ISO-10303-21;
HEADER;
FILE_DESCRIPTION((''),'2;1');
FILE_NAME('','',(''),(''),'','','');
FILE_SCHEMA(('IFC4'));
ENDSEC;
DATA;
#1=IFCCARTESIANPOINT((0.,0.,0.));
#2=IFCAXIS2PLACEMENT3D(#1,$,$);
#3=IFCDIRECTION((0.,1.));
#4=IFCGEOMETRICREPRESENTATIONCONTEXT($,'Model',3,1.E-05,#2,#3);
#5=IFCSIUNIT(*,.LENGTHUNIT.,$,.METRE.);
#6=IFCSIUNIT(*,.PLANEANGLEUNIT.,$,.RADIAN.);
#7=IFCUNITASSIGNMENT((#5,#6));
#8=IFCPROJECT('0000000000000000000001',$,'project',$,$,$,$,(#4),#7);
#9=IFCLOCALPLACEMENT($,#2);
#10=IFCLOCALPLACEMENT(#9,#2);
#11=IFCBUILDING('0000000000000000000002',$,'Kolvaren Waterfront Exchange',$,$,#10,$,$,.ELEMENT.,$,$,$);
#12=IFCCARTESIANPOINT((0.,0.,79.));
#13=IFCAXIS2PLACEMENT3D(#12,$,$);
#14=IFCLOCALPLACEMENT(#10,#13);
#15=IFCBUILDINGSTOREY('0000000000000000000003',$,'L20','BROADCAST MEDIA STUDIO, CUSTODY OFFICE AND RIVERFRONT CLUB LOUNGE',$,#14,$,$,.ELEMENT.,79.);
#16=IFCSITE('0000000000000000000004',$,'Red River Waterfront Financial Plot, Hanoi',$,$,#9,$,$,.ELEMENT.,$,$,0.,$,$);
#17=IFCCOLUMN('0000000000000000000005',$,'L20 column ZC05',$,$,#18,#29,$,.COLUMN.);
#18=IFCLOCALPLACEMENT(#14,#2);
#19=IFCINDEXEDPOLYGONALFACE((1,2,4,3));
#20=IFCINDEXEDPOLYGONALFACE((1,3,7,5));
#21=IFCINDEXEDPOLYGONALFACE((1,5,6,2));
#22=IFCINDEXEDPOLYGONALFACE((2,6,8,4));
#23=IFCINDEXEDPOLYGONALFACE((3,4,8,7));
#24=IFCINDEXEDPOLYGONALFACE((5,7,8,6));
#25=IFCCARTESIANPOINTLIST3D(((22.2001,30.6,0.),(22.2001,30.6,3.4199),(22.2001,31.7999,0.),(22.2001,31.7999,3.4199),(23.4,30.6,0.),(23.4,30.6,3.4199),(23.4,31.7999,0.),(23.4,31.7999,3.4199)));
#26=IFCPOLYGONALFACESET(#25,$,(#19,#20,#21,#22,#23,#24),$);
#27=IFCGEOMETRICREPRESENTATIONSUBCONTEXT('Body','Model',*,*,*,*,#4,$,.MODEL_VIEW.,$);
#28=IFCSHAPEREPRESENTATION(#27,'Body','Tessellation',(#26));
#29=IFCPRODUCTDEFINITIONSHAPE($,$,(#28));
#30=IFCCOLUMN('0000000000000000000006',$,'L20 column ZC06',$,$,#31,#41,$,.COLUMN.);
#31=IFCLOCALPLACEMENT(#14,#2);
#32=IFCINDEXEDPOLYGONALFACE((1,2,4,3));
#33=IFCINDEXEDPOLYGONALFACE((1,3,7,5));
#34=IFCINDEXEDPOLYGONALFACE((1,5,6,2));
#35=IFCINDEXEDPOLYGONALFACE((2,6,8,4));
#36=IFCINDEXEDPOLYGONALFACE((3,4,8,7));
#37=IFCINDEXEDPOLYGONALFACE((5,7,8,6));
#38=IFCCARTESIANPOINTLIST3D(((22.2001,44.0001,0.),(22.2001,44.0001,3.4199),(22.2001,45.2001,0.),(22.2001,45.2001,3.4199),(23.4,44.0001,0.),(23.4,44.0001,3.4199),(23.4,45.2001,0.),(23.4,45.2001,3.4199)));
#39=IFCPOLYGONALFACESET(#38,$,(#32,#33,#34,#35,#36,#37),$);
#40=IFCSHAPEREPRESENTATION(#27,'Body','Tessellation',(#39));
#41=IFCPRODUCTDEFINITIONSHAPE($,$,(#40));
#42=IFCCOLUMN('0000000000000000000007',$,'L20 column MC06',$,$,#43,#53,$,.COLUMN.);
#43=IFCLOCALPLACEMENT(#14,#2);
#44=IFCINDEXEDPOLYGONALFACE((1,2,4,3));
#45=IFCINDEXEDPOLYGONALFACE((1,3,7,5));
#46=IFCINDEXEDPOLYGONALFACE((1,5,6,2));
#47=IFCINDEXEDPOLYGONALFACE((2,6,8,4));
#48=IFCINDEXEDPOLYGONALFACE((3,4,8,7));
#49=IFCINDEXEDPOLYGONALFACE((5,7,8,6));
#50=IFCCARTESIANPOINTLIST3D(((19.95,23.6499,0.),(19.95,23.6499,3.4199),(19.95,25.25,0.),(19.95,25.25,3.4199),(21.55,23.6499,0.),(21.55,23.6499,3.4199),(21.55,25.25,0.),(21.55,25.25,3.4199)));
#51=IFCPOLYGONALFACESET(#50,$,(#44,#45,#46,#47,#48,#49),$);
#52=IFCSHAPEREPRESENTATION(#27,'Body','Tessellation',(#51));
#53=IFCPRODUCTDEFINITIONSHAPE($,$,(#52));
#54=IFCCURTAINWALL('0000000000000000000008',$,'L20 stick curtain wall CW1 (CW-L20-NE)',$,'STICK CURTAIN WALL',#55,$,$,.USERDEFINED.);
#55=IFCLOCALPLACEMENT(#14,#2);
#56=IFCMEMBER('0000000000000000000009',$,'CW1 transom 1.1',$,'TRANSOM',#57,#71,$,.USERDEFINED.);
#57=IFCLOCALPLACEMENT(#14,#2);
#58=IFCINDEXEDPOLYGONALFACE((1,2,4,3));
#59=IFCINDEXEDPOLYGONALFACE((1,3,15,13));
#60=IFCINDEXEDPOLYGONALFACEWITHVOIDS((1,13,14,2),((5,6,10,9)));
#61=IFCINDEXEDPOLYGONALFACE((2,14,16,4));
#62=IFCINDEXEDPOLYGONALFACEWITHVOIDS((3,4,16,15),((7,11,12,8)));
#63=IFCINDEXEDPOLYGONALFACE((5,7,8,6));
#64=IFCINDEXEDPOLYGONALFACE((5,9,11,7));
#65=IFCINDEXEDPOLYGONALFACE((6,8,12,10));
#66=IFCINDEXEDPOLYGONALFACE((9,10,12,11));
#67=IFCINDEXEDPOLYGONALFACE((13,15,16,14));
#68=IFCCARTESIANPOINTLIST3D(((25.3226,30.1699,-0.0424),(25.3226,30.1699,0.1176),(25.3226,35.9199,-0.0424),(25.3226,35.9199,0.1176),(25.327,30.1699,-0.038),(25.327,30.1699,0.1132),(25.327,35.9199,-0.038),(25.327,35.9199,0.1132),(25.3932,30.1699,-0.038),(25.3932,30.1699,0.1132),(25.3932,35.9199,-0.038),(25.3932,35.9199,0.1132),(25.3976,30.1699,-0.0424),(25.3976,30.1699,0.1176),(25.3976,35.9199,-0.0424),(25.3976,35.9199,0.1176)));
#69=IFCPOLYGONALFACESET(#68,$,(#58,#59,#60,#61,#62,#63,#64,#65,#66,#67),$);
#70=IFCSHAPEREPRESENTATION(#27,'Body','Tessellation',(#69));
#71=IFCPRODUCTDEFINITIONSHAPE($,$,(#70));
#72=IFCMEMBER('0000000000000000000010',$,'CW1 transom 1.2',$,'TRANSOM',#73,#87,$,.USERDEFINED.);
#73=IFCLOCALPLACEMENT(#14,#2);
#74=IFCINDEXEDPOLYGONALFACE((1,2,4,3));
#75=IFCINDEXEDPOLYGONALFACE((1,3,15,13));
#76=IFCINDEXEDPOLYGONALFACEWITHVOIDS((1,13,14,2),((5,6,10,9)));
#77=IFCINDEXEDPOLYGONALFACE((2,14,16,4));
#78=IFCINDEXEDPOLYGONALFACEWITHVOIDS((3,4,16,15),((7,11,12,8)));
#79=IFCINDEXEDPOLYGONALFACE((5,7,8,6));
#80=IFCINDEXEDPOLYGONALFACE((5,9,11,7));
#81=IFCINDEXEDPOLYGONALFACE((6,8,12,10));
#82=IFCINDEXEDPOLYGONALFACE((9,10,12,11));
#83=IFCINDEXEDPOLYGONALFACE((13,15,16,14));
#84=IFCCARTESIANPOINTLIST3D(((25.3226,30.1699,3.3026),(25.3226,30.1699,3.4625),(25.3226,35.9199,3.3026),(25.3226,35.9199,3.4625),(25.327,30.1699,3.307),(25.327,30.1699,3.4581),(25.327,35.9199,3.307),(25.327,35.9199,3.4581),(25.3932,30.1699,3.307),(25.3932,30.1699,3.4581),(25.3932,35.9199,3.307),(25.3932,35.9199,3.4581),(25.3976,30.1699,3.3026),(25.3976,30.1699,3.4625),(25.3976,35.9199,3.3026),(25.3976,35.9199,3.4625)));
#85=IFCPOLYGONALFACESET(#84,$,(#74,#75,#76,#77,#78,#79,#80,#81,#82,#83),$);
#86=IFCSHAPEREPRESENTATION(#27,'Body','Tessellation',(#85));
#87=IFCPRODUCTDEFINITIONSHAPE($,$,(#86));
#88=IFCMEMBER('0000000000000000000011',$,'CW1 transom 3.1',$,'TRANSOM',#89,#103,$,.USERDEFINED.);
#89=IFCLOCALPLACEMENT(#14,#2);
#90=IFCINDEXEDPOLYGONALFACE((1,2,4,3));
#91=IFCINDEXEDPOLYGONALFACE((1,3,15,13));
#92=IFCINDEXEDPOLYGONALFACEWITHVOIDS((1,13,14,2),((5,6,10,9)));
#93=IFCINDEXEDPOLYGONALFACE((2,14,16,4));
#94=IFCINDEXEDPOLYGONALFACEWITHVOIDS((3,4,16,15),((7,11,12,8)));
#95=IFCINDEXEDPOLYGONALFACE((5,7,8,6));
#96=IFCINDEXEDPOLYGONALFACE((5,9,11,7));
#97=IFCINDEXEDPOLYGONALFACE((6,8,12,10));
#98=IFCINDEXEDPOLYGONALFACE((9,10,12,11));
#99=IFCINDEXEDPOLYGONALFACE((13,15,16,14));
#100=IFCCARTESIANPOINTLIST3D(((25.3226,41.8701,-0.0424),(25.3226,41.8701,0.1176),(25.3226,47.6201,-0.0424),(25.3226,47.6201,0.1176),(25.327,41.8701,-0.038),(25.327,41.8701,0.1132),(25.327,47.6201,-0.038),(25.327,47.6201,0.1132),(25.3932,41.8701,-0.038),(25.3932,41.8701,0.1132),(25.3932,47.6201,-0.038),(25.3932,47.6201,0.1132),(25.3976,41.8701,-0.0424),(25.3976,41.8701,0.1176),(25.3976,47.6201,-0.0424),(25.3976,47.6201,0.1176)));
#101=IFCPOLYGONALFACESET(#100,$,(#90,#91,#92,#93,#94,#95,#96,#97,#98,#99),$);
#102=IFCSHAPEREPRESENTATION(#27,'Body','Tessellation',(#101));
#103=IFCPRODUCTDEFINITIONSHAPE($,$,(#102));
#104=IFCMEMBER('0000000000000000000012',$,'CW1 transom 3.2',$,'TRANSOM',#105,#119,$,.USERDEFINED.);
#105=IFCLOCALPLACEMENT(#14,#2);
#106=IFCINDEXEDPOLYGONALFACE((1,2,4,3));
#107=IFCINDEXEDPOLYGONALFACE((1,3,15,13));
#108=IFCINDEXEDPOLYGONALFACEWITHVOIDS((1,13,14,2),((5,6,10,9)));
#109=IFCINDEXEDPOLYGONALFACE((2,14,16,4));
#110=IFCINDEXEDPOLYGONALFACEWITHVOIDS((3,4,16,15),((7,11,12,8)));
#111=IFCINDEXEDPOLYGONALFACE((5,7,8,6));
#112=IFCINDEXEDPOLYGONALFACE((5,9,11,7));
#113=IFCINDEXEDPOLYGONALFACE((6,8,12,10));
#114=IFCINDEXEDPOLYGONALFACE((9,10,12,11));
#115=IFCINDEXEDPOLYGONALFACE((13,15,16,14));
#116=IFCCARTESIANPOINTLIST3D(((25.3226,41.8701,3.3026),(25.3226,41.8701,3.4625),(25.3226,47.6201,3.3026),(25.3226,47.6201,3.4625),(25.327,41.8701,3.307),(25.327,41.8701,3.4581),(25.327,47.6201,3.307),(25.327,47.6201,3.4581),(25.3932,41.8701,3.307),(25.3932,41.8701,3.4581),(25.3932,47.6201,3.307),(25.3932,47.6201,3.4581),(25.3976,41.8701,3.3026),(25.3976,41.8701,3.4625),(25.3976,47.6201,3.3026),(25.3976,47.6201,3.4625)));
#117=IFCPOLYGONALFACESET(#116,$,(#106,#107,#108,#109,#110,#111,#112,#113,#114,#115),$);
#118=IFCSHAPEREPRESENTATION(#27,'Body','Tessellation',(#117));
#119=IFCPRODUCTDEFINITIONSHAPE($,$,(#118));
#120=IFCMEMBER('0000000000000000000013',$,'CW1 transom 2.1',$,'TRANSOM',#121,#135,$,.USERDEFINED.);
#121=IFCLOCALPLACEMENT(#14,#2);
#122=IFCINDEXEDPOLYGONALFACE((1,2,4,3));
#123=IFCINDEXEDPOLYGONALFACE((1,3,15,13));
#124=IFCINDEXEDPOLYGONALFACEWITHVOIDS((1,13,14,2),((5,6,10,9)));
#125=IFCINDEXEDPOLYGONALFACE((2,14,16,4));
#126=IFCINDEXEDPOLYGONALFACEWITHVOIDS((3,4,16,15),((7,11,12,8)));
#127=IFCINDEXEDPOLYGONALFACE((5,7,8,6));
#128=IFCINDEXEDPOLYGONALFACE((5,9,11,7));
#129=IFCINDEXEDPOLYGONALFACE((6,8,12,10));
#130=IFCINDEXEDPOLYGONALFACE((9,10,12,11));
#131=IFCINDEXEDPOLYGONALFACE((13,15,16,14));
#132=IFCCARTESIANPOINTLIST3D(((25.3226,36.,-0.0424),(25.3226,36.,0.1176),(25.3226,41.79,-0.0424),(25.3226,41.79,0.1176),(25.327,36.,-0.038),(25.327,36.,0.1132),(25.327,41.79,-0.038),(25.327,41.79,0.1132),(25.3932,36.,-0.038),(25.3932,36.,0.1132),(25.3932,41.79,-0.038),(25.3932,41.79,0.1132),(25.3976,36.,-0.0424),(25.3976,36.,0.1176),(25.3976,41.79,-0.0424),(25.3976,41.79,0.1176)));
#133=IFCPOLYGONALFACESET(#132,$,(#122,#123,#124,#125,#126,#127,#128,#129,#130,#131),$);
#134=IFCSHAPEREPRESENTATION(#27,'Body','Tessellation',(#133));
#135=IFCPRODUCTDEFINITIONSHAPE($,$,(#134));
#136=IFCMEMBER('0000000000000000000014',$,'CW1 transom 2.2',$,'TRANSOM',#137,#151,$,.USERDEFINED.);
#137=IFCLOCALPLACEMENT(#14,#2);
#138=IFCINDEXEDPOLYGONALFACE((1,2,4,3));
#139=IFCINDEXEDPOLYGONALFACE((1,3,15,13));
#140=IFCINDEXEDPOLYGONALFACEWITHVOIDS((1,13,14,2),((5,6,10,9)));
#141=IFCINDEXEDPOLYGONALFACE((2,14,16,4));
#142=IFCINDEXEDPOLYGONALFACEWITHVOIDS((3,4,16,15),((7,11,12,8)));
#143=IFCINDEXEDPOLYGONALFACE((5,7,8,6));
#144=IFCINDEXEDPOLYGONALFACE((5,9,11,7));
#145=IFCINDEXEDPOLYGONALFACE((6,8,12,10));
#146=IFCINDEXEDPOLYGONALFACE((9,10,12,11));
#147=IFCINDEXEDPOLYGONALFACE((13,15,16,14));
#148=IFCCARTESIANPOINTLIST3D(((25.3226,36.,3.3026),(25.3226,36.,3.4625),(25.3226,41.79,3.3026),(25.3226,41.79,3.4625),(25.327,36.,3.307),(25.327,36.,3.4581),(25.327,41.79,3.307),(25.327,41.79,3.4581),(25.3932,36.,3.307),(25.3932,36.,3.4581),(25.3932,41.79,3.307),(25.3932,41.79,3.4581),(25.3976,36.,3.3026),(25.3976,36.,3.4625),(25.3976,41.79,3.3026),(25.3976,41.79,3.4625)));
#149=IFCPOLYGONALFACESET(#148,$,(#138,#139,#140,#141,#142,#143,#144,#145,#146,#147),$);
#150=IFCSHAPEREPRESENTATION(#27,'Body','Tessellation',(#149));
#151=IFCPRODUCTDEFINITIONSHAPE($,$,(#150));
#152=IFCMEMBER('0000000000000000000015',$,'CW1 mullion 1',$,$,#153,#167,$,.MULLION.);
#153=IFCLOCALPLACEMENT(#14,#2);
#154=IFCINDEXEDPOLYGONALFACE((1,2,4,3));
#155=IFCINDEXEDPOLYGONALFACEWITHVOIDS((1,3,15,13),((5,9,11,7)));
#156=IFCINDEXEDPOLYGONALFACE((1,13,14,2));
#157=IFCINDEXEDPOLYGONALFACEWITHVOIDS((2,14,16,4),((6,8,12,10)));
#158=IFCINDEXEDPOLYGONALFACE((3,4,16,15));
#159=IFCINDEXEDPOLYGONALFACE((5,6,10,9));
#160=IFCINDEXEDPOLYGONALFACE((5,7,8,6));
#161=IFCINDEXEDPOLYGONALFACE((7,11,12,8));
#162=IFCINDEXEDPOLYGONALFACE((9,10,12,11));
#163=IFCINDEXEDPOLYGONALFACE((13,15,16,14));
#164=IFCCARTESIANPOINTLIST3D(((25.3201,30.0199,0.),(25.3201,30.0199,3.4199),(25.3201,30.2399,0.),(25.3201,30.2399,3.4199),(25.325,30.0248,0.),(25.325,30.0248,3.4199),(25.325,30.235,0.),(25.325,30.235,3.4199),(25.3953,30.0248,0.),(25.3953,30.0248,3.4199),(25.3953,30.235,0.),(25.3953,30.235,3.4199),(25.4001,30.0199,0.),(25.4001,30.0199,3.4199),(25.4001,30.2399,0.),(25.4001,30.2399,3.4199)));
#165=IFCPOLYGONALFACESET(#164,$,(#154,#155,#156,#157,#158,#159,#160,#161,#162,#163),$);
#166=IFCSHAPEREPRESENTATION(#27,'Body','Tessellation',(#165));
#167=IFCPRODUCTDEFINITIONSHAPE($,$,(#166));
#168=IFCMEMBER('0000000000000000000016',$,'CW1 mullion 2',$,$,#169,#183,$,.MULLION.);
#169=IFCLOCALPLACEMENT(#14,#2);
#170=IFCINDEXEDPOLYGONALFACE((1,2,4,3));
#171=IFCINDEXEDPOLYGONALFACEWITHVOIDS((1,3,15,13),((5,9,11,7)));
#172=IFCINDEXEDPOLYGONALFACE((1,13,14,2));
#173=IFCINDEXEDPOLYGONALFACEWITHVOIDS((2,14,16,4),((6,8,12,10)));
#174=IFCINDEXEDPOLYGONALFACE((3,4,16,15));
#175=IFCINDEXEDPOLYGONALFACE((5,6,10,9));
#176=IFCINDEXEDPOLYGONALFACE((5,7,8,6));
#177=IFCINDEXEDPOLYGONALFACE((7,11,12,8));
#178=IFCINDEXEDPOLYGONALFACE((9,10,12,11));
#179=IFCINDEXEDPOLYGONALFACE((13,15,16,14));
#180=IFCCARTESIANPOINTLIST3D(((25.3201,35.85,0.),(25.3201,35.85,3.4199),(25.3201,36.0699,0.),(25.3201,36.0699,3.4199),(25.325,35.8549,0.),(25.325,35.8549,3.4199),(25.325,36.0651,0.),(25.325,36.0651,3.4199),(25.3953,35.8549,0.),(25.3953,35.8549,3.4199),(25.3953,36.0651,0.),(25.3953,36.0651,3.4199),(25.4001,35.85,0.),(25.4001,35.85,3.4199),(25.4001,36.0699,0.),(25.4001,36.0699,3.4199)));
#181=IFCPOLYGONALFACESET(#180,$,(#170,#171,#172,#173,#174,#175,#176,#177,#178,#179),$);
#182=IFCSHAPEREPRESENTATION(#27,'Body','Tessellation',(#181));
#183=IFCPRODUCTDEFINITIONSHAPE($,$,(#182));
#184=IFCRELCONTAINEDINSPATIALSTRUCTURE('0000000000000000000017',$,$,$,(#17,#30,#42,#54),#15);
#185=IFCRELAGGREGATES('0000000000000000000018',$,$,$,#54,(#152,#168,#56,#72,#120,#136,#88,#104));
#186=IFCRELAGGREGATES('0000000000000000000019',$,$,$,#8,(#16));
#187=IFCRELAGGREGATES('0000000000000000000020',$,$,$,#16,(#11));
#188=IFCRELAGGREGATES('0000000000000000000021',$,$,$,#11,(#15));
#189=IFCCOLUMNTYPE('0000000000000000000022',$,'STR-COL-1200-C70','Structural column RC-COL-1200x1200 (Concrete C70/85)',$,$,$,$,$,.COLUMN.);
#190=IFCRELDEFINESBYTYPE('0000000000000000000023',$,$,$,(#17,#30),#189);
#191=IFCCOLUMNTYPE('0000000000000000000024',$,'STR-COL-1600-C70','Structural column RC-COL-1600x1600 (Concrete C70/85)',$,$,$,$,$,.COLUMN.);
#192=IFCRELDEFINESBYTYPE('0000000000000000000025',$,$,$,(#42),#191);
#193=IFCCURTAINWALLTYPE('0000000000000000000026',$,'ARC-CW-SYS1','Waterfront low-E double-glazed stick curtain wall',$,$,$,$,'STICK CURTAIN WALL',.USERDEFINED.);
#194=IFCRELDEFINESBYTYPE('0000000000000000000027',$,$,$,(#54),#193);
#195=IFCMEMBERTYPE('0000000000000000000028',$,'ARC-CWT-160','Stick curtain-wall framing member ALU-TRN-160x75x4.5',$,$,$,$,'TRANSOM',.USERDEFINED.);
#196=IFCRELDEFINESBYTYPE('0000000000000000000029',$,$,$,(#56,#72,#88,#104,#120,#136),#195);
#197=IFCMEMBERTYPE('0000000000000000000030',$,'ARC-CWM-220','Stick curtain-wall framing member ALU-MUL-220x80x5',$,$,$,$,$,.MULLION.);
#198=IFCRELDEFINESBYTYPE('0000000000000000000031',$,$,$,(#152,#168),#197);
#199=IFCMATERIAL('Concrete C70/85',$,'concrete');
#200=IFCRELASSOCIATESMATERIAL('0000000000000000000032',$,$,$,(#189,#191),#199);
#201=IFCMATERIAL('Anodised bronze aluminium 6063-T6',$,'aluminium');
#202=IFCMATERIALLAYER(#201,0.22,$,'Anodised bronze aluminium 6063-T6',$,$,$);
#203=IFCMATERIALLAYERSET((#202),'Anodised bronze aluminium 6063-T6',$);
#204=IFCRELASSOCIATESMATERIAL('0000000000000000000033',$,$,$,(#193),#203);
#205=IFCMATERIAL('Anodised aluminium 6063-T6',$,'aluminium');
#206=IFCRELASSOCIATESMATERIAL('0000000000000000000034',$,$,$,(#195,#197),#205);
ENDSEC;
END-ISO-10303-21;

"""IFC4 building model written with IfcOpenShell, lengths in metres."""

from ifc_helpers import new_model, si_unit, direction, frame, origin, origin_with_axes, origin_2d, place, context, subcontext, project, spatial, rectangle, hollow_rectangle, extrude, source, transform, mapped, material, layer, layer_set, material_profile, profile_set, type_object, element, aggregate, save


model = new_model("IFC4")

# Units and contexts
model_context = context("Model", 3, precision=1e-05, world=origin(), true_north=direction((0.0, 1.0)))
body_context = subcontext(model_context, "Body", "Model", "MODEL_VIEW")
ifc_project = project(units=[si_unit("LENGTHUNIT", "METRE"), si_unit("PLANEANGLEUNIT", "RADIAN")], contexts=[model_context])

# Site, building, storey
site_placement = place(None, origin())
site = spatial("IfcSite", under=ifc_project, at=site_placement, Name="Red River Waterfront Financial Plot, Hanoi", CompositionType="ELEMENT", RefElevation=0.0)
building_placement = place(site_placement, origin())
building = spatial("IfcBuilding", under=site, at=building_placement, Name="Kolvaren Waterfront Exchange", CompositionType="ELEMENT")
storey_placement = place(building_placement, frame((0.0, 0.0, 79.0)))
storey = spatial("IfcBuildingStorey", under=building, at=storey_placement, Name="L20", Description="BROADCAST MEDIA STUDIO, CUSTODY OFFICE AND RIVERFRONT CLUB LOUNGE", CompositionType="ELEMENT", Elevation=79.0)

# Columns
ifc_material_1 = material(Name="Concrete C70/85", Category="concrete")
ifc_material_profile_1 = material_profile(ifc_material_1, rectangle(XDim=1.2, YDim=1.2, at=origin_2d()), Name="RC-COL-1200x1200")
ifc_profile_set_1 = profile_set([ifc_material_profile_1], Name="Concrete C70/85")
column_type_1 = type_object("IfcColumnType", Name="STR-COL-1200-C70", Description="Structural column RC-COL-1200x1200 (Concrete C70/85)", PredefinedType="COLUMN", material=ifc_profile_set_1)
for number, where, z_axis, x_axis, name in (
    (1, (22.8, 31.2, 0.0), (0.0, 0.0, 1.0), (1.0, 0.0, 0.0), "L20 column ZC05"),
    (2, (22.8, 44.6001, 0.0), (0.0, 0.0, 1.0), (1.0, 0.0, 0.0), "L20 column ZC06"),
):
    element("IfcColumn", number, at=place(storey_placement, frame(where, z_axis=z_axis, x_axis=x_axis)), inside=storey, type_object=column_type_1, Name=name, PredefinedType="COLUMN", context=body_context, shape_type="SweptSolid", body=[
        extrude(rectangle(XDim=1.2, YDim=1.2, at=origin_2d()), origin(), (0.0, 0.0, 1.0), 3.4199),
    ])
ifc_material_profile_2 = material_profile(ifc_material_1, rectangle(XDim=1.6001, YDim=1.6001, at=origin_2d()), Name="RC-COL-1600x1600")
ifc_profile_set_2 = profile_set([ifc_material_profile_2], Name="Concrete C70/85")
column_type_2 = type_object("IfcColumnType", Name="STR-COL-1600-C70", Description="Structural column RC-COL-1600x1600 (Concrete C70/85)", PredefinedType="COLUMN", material=ifc_profile_set_2)
column_placement = place(storey_placement, frame((20.75, 24.45, 0.0), z_axis=(0.0, 0.0, 1.0), x_axis=(1.0, 0.0, 0.0)))
element("IfcColumn", 3, at=column_placement, inside=storey, type_object=column_type_2, Name="L20 column MC06", PredefinedType="COLUMN", context=body_context, shape_type="SweptSolid", body=[
    extrude(rectangle(XDim=1.6001, YDim=1.6001, at=origin_2d()), origin(), (0.0, 0.0, 1.0), 3.4199),
])

# Curtain wall, members
ifc_material_2 = material(Name="Anodised bronze aluminium 6063-T6", Category="aluminium")
ifc_layer_1 = layer(ifc_material_2, 0.22, Name="Anodised bronze aluminium 6063-T6")
ifc_layer_set_1 = layer_set([ifc_layer_1], Name="Anodised bronze aluminium 6063-T6")
curtain_wall_type = type_object("IfcCurtainWallType", Name="ARC-CW-SYS1", Description="Waterfront low-E double-glazed stick curtain wall", ElementType="STICK CURTAIN WALL", PredefinedType="USERDEFINED", material=ifc_layer_set_1)
curtain_wall_placement = place(storey_placement, origin())
curtain_wall = element("IfcCurtainWall", 4, at=curtain_wall_placement, inside=storey, type_object=curtain_wall_type, Name="L20 stick curtain wall CW1 (CW-L20-NE)", ObjectType="STICK CURTAIN WALL", PredefinedType="USERDEFINED")
ifc_material_3 = material(Name="Anodised aluminium 6063-T6", Category="aluminium")
ifc_material_profile_3 = material_profile(ifc_material_3, hollow_rectangle(XDim=0.075, YDim=0.1599, WallThickness=0.0044, at=origin_2d()), Name="ALU-TRN-160x75x4.5")
ifc_profile_set_3 = profile_set([ifc_material_profile_3], Name="Anodised aluminium 6063-T6")
member_type_1 = type_object("IfcMemberType", Name="ARC-CWT-160", Description="Stick curtain-wall framing member ALU-TRN-160x75x4.5", ElementType="TRANSOM", PredefinedType="USERDEFINED", material=ifc_profile_set_3)
shared_shape_1 = source(origin_with_axes(), body_context, "Body", "SweptSolid", [
    extrude(hollow_rectangle(XDim=0.075, YDim=0.1599, WallThickness=0.0044, at=origin_2d()), origin(), (0.0, 0.0, 1.0), 5.75),
])
member_1_placement = place(storey_placement, frame((25.3601, 30.1699, 0.0376), z_axis=(0.0, 1.0, 0.0), x_axis=(-1.0, 0.0, 0.0)))
member_1 = element("IfcMember", 5, at=member_1_placement, type_object=member_type_1, Name="CW1 transom 1.1", ObjectType="TRANSOM", PredefinedType="USERDEFINED", context=body_context, shape_type="MappedRepresentation", body=[
    mapped(shared_shape_1, transform((0.0, 0.0, 0.0), x_axis=(1.0, 0.0, 0.0), y_axis=(0.0, 1.0, 0.0), z_axis=(0.0, 0.0, 1.0), scale=1.0)),
])
member_2_placement = place(storey_placement, frame((25.3601, 30.1699, 3.3826), z_axis=(0.0, 1.0, 0.0), x_axis=(-1.0, 0.0, 0.0)))
member_2 = element("IfcMember", 6, at=member_2_placement, type_object=member_type_1, Name="CW1 transom 1.2", ObjectType="TRANSOM", PredefinedType="USERDEFINED", context=body_context, shape_type="MappedRepresentation", body=[
    mapped(shared_shape_1, transform((0.0, 0.0, 0.0), x_axis=(1.0, 0.0, 0.0), y_axis=(0.0, 1.0, 0.0), z_axis=(0.0, 0.0, 1.0), scale=1.0)),
])
member_3_placement = place(storey_placement, frame((25.3601, 41.8701, 0.0376), z_axis=(0.0, 1.0, 0.0), x_axis=(-1.0, 0.0, 0.0)))
member_3 = element("IfcMember", 7, at=member_3_placement, type_object=member_type_1, Name="CW1 transom 3.1", ObjectType="TRANSOM", PredefinedType="USERDEFINED", context=body_context, shape_type="MappedRepresentation", body=[
    mapped(shared_shape_1, transform((0.0, 0.0, 0.0), x_axis=(1.0, 0.0, 0.0), y_axis=(0.0, 1.0, 0.0), z_axis=(0.0, 0.0, 1.0), scale=1.0)),
])
member_4_placement = place(storey_placement, frame((25.3601, 41.8701, 3.3826), z_axis=(0.0, 1.0, 0.0), x_axis=(-1.0, 0.0, 0.0)))
member_4 = element("IfcMember", 8, at=member_4_placement, type_object=member_type_1, Name="CW1 transom 3.2", ObjectType="TRANSOM", PredefinedType="USERDEFINED", context=body_context, shape_type="MappedRepresentation", body=[
    mapped(shared_shape_1, transform((0.0, 0.0, 0.0), x_axis=(1.0, 0.0, 0.0), y_axis=(0.0, 1.0, 0.0), z_axis=(0.0, 0.0, 1.0), scale=1.0)),
])
shared_shape_2 = source(origin_with_axes(), body_context, "Body", "SweptSolid", [
    extrude(hollow_rectangle(XDim=0.075, YDim=0.1599, WallThickness=0.0044, at=origin_2d()), origin(), (0.0, 0.0, 1.0), 5.79),
])
member_5_placement = place(storey_placement, frame((25.3601, 36.0, 0.0376), z_axis=(0.0, 1.0, 0.0), x_axis=(-1.0, 0.0, 0.0)))
member_5 = element("IfcMember", 9, at=member_5_placement, type_object=member_type_1, Name="CW1 transom 2.1", ObjectType="TRANSOM", PredefinedType="USERDEFINED", context=body_context, shape_type="MappedRepresentation", body=[
    mapped(shared_shape_2, transform((0.0, 0.0, 0.0), x_axis=(1.0, 0.0, 0.0), y_axis=(0.0, 1.0, 0.0), z_axis=(0.0, 0.0, 1.0), scale=1.0)),
])
member_6_placement = place(storey_placement, frame((25.3601, 36.0, 3.3826), z_axis=(0.0, 1.0, 0.0), x_axis=(-1.0, 0.0, 0.0)))
member_6 = element("IfcMember", 10, at=member_6_placement, type_object=member_type_1, Name="CW1 transom 2.2", ObjectType="TRANSOM", PredefinedType="USERDEFINED", context=body_context, shape_type="MappedRepresentation", body=[
    mapped(shared_shape_2, transform((0.0, 0.0, 0.0), x_axis=(1.0, 0.0, 0.0), y_axis=(0.0, 1.0, 0.0), z_axis=(0.0, 0.0, 1.0), scale=1.0)),
])
ifc_material_profile_4 = material_profile(ifc_material_3, hollow_rectangle(XDim=0.0801, YDim=0.22, WallThickness=0.0049, at=origin_2d()), Name="ALU-MUL-220x80x5")
ifc_profile_set_4 = profile_set([ifc_material_profile_4], Name="Anodised aluminium 6063-T6")
member_type_2 = type_object("IfcMemberType", Name="ARC-CWM-220", Description="Stick curtain-wall framing member ALU-MUL-220x80x5", PredefinedType="MULLION", material=ifc_profile_set_4)
shared_shape_3 = source(origin_with_axes(), body_context, "Body", "SweptSolid", [
    extrude(hollow_rectangle(XDim=0.0801, YDim=0.22, WallThickness=0.0049, at=origin_2d()), origin(), (0.0, 0.0, 1.0), 3.4199),
])
member_7_placement = place(storey_placement, frame((25.3601, 30.1299, 0.0), z_axis=(0.0, 0.0, 1.0), x_axis=(-1.0, 0.0, 0.0)))
member_7 = element("IfcMember", 11, at=member_7_placement, type_object=member_type_2, Name="CW1 mullion 1", PredefinedType="MULLION", context=body_context, shape_type="MappedRepresentation", body=[
    mapped(shared_shape_3, transform((0.0, 0.0, 0.0), x_axis=(1.0, 0.0, 0.0), y_axis=(0.0, 1.0, 0.0), z_axis=(0.0, 0.0, 1.0), scale=1.0)),
])
member_8_placement = place(storey_placement, frame((25.3601, 35.96, 0.0), z_axis=(0.0, 0.0, 1.0), x_axis=(-1.0, 0.0, 0.0)))
member_8 = element("IfcMember", 12, at=member_8_placement, type_object=member_type_2, Name="CW1 mullion 2", PredefinedType="MULLION", context=body_context, shape_type="MappedRepresentation", body=[
    mapped(shared_shape_3, transform((0.0, 0.0, 0.0), x_axis=(1.0, 0.0, 0.0), y_axis=(0.0, 1.0, 0.0), z_axis=(0.0, 0.0, 1.0), scale=1.0)),
])
aggregate(curtain_wall, [member_7, member_8, member_1, member_2, member_5, member_6, member_3, member_4])

save(model, "model.ifc")
